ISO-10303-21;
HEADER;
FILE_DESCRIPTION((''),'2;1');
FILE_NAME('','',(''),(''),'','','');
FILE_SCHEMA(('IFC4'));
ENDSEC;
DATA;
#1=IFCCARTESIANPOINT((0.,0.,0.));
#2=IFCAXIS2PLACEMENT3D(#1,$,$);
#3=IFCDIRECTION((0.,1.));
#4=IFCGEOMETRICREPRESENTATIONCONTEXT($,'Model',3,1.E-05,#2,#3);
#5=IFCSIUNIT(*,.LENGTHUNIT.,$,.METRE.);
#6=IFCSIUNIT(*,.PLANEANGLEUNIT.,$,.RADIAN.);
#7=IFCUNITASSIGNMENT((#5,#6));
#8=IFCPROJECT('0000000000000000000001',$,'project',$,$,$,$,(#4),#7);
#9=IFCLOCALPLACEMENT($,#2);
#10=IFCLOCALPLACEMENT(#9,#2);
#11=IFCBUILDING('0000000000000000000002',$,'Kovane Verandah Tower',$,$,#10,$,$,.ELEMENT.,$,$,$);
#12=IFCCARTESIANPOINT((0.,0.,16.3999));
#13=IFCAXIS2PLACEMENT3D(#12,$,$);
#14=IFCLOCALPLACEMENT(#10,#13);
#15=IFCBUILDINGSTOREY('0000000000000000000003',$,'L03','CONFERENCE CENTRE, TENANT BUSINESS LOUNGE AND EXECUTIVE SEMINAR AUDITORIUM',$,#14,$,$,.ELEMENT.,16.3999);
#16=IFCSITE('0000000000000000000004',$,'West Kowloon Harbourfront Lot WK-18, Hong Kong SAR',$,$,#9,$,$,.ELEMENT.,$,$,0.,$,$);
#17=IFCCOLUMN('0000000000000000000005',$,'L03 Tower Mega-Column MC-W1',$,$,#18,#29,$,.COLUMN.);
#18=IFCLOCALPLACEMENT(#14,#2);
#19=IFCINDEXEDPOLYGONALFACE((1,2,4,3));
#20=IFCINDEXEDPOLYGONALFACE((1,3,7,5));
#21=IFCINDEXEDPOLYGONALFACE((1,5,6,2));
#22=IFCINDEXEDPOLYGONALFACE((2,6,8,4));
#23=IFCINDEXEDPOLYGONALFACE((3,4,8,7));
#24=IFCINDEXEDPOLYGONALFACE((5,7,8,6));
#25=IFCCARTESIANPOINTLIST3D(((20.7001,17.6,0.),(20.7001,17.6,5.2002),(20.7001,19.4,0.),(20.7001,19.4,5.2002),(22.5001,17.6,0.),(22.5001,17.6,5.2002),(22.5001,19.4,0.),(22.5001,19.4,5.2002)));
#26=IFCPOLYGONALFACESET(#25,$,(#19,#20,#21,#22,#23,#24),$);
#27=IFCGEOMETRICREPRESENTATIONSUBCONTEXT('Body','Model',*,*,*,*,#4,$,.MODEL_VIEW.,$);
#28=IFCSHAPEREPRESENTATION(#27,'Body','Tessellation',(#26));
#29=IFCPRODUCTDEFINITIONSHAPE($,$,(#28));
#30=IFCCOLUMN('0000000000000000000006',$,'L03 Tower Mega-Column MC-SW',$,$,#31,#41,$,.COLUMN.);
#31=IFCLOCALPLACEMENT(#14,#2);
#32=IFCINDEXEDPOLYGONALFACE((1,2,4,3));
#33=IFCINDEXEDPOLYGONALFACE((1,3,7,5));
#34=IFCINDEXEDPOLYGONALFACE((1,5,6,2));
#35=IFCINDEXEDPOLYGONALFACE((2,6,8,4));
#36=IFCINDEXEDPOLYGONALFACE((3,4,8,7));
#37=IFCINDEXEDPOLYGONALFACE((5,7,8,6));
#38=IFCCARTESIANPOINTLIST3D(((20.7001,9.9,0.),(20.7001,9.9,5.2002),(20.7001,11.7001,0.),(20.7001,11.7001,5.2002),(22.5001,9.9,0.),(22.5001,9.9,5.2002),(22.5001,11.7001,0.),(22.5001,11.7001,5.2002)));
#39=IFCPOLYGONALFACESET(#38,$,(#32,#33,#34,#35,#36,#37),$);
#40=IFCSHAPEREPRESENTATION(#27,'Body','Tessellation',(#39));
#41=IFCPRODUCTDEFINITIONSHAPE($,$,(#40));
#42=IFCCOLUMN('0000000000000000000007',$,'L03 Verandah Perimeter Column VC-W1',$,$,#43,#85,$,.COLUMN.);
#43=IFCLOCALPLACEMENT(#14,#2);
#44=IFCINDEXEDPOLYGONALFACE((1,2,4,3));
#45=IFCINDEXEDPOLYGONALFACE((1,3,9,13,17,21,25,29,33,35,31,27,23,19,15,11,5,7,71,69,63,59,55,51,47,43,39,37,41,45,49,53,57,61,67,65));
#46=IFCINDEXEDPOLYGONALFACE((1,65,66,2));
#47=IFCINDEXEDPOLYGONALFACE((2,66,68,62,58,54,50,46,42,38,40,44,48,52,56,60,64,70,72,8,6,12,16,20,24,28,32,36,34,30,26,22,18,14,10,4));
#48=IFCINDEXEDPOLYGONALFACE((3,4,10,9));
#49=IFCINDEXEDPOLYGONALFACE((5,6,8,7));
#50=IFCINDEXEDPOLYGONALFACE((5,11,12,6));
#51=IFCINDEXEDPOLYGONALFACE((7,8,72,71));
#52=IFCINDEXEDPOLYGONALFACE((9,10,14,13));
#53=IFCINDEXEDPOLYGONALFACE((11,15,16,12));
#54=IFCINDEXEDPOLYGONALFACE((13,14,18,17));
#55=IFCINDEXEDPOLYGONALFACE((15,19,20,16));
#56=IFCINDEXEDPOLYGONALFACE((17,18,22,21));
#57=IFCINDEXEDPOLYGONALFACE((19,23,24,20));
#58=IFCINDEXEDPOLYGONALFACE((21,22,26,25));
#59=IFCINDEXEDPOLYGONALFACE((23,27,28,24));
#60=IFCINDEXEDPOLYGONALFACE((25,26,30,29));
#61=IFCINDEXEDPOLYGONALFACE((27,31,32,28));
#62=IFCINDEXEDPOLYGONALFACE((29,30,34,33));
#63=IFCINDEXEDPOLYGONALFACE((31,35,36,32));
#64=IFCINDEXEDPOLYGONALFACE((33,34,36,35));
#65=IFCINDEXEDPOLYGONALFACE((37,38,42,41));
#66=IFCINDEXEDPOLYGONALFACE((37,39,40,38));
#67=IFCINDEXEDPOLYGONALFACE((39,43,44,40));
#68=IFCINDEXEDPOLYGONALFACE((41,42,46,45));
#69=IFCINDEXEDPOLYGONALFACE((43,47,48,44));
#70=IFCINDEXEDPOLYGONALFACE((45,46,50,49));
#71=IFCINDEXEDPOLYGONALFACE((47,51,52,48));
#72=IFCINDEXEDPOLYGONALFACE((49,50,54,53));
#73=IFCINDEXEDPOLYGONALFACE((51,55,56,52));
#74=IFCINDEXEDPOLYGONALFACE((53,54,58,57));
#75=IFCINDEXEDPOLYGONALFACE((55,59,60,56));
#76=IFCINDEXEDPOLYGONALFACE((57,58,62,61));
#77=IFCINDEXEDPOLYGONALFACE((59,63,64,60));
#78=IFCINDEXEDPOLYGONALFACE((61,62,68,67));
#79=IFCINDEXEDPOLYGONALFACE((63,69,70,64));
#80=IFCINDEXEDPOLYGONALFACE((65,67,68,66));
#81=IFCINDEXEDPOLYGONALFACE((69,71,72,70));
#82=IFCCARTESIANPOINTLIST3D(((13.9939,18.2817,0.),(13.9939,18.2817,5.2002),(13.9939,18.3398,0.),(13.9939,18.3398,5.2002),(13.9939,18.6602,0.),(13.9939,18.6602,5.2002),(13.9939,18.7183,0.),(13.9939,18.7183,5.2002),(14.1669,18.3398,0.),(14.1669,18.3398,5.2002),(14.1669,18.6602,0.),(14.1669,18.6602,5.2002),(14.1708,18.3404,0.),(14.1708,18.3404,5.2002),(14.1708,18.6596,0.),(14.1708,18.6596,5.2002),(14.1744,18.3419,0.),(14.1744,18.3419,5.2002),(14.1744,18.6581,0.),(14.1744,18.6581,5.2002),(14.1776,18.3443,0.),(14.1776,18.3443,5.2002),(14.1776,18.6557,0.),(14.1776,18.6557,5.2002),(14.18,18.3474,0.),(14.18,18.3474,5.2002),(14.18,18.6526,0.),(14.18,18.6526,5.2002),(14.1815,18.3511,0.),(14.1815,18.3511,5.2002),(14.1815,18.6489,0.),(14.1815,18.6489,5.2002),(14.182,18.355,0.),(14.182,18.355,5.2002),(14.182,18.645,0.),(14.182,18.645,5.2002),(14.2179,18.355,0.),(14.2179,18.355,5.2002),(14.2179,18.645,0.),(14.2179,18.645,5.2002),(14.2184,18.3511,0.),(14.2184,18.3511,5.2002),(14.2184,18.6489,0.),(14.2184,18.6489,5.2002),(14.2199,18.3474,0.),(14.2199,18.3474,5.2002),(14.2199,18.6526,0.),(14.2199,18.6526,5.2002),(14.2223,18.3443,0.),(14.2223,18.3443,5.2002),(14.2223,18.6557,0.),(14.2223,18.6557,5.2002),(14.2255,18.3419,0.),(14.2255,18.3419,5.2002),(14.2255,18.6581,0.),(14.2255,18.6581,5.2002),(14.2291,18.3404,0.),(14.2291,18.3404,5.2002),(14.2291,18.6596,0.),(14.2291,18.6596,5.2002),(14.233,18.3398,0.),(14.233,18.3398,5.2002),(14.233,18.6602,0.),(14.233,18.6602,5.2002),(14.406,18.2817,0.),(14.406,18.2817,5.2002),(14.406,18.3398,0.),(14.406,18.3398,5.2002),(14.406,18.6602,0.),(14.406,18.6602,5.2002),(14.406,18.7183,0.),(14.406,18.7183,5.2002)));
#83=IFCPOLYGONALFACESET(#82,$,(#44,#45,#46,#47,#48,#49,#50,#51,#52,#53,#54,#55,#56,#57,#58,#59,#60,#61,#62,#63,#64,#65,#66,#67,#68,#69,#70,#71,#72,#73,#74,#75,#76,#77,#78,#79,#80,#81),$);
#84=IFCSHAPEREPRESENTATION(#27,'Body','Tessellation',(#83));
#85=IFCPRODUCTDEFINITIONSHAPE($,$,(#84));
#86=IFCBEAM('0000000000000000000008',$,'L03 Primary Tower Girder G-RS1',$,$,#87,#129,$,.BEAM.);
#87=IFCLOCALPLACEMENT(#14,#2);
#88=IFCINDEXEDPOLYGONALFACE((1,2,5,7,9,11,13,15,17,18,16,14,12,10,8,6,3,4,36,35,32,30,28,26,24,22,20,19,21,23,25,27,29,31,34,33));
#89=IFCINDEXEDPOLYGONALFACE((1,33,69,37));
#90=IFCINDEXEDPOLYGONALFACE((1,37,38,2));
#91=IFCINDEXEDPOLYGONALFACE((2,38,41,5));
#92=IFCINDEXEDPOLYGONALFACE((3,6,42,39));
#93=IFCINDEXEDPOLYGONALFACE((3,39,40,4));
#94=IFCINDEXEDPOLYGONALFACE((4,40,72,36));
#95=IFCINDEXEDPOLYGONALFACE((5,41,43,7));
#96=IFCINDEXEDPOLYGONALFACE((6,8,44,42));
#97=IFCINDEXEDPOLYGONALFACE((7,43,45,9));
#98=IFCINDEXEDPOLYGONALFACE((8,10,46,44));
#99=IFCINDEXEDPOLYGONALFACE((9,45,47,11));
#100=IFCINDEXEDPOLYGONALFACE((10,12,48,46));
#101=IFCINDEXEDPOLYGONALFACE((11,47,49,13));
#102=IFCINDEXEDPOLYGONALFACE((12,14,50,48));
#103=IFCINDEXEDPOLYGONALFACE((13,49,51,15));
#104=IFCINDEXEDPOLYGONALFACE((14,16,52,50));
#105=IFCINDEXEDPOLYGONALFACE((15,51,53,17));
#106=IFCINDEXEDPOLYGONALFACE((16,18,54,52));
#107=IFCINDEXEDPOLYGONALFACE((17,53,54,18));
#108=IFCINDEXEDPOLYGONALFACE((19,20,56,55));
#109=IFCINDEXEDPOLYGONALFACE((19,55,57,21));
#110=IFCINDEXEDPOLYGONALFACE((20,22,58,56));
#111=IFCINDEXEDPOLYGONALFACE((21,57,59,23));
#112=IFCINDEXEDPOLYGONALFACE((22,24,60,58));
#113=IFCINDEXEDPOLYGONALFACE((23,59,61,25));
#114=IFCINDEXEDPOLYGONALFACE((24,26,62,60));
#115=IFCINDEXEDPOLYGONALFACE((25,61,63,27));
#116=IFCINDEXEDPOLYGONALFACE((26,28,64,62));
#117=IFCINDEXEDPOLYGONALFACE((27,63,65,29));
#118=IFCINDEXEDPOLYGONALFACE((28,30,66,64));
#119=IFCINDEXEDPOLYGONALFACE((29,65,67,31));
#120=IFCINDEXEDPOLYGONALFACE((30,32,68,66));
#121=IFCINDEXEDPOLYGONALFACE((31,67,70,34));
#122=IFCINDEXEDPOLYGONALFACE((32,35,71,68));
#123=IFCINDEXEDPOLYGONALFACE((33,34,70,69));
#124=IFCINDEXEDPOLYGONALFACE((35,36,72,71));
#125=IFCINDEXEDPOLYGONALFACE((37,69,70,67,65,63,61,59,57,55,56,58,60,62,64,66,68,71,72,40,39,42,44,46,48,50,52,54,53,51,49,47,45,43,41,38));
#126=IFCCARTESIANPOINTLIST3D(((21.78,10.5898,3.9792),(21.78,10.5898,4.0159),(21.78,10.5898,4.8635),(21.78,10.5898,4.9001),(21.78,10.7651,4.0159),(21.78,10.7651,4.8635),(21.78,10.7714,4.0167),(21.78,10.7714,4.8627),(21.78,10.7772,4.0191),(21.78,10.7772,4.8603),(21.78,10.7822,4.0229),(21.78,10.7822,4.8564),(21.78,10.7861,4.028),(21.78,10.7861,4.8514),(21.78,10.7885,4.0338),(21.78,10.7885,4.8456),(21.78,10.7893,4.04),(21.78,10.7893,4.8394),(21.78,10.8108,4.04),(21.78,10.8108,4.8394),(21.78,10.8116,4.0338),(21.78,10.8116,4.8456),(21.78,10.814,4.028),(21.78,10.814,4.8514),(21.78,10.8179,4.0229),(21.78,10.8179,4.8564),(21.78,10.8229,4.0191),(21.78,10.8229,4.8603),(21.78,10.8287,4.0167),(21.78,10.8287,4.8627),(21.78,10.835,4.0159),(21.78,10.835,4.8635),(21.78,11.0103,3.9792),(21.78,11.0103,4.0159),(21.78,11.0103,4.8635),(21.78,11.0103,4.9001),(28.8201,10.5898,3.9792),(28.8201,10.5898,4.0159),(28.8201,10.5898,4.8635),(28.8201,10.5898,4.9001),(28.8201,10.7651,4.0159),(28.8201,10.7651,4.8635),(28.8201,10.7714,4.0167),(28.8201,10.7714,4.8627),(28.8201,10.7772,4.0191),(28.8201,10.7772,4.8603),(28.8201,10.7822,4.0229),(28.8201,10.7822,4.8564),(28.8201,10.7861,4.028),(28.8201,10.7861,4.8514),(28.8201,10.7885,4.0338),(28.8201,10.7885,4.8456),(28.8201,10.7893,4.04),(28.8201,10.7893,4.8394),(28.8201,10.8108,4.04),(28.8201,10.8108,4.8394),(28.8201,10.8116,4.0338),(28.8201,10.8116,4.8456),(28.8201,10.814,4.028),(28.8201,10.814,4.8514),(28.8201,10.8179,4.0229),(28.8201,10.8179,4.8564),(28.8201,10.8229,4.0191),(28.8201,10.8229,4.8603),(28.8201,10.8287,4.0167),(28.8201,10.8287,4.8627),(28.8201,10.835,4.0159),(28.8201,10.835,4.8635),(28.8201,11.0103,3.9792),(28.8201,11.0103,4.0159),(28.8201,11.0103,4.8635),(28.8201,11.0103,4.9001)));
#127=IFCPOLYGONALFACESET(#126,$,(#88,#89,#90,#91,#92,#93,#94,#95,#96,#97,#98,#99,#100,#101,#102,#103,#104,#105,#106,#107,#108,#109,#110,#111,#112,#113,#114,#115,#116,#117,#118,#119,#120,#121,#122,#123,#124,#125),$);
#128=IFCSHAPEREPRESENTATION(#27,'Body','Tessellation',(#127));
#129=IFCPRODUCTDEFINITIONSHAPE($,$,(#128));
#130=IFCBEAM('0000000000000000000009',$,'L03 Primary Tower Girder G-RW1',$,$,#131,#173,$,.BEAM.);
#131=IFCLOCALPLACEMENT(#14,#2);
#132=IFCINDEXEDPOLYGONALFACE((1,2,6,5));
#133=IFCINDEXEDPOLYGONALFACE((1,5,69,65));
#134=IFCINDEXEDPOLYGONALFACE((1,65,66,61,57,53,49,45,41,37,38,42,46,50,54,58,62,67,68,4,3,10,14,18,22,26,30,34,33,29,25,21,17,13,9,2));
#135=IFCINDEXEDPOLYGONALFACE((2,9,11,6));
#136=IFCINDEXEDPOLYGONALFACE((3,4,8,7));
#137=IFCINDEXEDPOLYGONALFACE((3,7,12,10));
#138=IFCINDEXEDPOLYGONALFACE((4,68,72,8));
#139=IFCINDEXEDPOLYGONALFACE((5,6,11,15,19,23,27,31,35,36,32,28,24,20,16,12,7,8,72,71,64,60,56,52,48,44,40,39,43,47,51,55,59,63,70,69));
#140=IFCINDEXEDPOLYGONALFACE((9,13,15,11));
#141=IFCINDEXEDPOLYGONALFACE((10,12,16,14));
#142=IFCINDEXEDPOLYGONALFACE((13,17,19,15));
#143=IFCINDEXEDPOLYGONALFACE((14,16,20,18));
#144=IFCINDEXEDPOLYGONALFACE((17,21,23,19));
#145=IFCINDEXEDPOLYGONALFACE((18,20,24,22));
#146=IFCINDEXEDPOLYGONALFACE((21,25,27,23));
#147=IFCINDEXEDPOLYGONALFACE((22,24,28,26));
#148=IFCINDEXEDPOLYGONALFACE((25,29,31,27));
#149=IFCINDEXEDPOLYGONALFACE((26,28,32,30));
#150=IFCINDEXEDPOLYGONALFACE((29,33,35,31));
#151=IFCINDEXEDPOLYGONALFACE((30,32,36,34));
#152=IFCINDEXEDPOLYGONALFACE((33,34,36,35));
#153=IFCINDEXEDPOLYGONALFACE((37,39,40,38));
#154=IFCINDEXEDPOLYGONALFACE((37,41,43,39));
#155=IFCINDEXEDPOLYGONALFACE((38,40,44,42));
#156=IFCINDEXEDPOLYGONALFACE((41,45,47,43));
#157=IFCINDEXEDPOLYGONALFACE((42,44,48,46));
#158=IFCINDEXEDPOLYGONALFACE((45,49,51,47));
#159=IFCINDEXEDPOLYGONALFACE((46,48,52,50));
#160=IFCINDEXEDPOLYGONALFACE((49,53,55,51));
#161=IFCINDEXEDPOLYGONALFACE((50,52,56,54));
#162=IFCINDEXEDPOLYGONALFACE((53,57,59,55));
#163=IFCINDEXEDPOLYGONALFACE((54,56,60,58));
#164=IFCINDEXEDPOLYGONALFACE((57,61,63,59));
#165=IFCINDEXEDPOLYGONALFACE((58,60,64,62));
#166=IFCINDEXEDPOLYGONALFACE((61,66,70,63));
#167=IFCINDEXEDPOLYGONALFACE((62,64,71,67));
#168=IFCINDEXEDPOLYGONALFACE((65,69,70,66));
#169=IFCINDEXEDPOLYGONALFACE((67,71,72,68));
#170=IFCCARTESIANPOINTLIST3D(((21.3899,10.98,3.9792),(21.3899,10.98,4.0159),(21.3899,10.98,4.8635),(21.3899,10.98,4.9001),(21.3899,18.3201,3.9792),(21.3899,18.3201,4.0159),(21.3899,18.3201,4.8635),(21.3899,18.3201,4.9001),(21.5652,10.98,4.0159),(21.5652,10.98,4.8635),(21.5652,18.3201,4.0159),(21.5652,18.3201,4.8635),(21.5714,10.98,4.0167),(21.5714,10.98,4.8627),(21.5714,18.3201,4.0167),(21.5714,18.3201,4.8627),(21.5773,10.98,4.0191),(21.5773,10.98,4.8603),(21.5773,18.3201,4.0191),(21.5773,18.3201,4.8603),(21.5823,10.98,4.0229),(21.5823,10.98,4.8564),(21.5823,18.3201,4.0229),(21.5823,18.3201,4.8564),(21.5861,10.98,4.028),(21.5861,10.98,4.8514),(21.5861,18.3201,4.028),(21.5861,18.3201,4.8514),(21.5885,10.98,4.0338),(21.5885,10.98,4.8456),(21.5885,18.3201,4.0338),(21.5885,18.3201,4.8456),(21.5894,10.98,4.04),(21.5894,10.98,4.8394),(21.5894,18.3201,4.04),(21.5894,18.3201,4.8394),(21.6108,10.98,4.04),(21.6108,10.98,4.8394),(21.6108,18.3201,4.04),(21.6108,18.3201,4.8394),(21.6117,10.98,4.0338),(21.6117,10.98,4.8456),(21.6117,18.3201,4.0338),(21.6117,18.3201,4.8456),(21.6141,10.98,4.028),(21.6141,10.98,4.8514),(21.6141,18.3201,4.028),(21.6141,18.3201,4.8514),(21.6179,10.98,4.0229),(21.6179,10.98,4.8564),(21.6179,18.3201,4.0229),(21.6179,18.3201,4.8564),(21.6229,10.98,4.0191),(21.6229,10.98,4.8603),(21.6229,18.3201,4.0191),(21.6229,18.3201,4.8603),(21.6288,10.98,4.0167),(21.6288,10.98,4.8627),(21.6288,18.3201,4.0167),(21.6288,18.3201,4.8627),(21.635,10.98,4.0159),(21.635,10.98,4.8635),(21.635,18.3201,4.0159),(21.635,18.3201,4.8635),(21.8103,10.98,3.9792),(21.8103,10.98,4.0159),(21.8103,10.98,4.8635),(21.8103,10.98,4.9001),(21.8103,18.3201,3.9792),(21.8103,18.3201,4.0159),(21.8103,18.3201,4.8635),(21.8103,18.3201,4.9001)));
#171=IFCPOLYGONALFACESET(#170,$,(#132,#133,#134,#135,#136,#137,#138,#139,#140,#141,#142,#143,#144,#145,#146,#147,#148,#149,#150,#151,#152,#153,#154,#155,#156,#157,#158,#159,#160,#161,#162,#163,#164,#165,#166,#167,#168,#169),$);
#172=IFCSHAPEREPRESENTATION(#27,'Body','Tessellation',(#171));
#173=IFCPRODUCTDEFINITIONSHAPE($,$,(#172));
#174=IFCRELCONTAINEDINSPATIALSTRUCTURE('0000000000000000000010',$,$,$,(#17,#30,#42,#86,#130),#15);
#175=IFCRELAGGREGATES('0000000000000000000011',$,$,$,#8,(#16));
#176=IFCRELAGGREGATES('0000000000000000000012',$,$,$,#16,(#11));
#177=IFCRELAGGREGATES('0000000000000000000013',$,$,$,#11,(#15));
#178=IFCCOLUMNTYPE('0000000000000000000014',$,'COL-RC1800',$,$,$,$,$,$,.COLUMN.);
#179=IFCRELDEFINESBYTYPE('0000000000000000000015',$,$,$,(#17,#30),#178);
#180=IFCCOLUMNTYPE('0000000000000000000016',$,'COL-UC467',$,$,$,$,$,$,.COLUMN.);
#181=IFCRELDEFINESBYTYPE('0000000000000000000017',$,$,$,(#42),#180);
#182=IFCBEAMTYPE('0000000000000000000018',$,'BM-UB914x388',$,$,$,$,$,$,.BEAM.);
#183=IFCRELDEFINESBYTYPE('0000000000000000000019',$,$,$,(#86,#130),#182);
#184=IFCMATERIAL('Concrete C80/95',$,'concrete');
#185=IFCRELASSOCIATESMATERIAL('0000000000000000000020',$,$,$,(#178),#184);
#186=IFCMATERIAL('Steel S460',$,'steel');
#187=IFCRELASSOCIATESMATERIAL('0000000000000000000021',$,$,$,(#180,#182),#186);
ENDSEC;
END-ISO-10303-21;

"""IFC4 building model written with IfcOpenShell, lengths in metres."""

from ifc_helpers import new_model, si_unit, direction, frame, origin, origin_2d, place, context, subcontext, project, spatial, rectangle, i_section, extrude, material, material_profile, profile_set, type_object, element, save


model = new_model("IFC4")

# Units and contexts
model_context = context("Model", 3, precision=1e-05, world=origin(), true_north=direction((0.0, 1.0)))
body_context = subcontext(model_context, "Body", "Model", "MODEL_VIEW")
ifc_project = project(units=[si_unit("LENGTHUNIT", "METRE"), si_unit("PLANEANGLEUNIT", "RADIAN")], contexts=[model_context])

# Site, building, storey
site_placement = place(None, origin())
site = spatial("IfcSite", under=ifc_project, at=site_placement, Name="West Kowloon Harbourfront Lot WK-18, Hong Kong SAR", CompositionType="ELEMENT", RefElevation=0.0)
building_placement = place(site_placement, origin())
building = spatial("IfcBuilding", under=site, at=building_placement, Name="Kovane Verandah Tower", CompositionType="ELEMENT")
storey_placement = place(building_placement, frame((0.0, 0.0, 16.3999)))
storey = spatial("IfcBuildingStorey", under=building, at=storey_placement, Name="L03", Description="CONFERENCE CENTRE, TENANT BUSINESS LOUNGE AND EXECUTIVE SEMINAR AUDITORIUM", CompositionType="ELEMENT", Elevation=16.3999)

# Columns
ifc_material_1 = material(Name="Concrete C80/95", Category="concrete")
ifc_material_profile_1 = material_profile(ifc_material_1, rectangle(XDim=1.8, YDim=1.8, at=origin_2d()), Name="RC1800x1800")
ifc_profile_set_1 = profile_set([ifc_material_profile_1], Name="Concrete C80/95")
column_type_1 = type_object("IfcColumnType", Name="COL-RC1800", PredefinedType="COLUMN", material=ifc_profile_set_1)
for number, where, z_axis, x_axis, name in (
    (1, (21.6001, 18.5, 0.0), (0.0, 0.0, 1.0), (1.0, 0.0, 0.0), "L03 Tower Mega-Column MC-W1"),
    (2, (21.6001, 10.8, 0.0), (0.0, 0.0, 1.0), (1.0, 0.0, 0.0), "L03 Tower Mega-Column MC-SW"),
):
    element("IfcColumn", number, at=place(storey_placement, frame(where, z_axis=z_axis, x_axis=x_axis)), inside=storey, type_object=column_type_1, Name=name, PredefinedType="COLUMN", context=body_context, shape_type="SweptSolid", body=[
        extrude(rectangle(XDim=1.8, YDim=1.8, at=origin_2d()), origin(), (0.0, 0.0, 1.0), 5.2002),
    ])
ifc_material_2 = material(Name="Steel S460", Category="steel")
ifc_material_profile_2 = material_profile(ifc_material_2, i_section(OverallWidth=0.4121, OverallDepth=0.4365, WebThickness=0.0359, FlangeThickness=0.0581, FilletRadius=0.0151, at=origin_2d()), Name="UC356x406x467")
ifc_profile_set_2 = profile_set([ifc_material_profile_2], Name="Steel S460")
column_type_2 = type_object("IfcColumnType", Name="COL-UC467", PredefinedType="COLUMN", material=ifc_profile_set_2)
column_placement = place(storey_placement, frame((14.2, 18.5, 0.0), z_axis=(0.0, 0.0, 1.0), x_axis=(1.0, 0.0, 0.0)))
element("IfcColumn", 3, at=column_placement, inside=storey, type_object=column_type_2, Name="L03 Verandah Perimeter Column VC-W1", PredefinedType="COLUMN", context=body_context, shape_type="SweptSolid", body=[
    extrude(i_section(OverallWidth=0.4121, OverallDepth=0.4365, WebThickness=0.0359, FlangeThickness=0.0581, FilletRadius=0.0151, at=origin_2d()), origin(), (0.0, 0.0, 1.0), 5.2002),
])

# Beams
ifc_material_profile_3 = material_profile(ifc_material_2, i_section(OverallWidth=0.4204, OverallDepth=0.9209, WebThickness=0.0215, FlangeThickness=0.0366, FilletRadius=0.0242, at=origin_2d()), Name="UB914x419x388")
ifc_profile_set_3 = profile_set([ifc_material_profile_3], Name="Steel S460")
beam_type_1 = type_object("IfcBeamType", Name="BM-UB914x388", PredefinedType="BEAM", material=ifc_profile_set_3)
beam_1_placement = place(storey_placement, frame((21.78, 10.8, 4.4397), z_axis=(1.0, 0.0, 0.0), x_axis=(0.0, 1.0, 0.0)))
element("IfcBeam", 4, at=beam_1_placement, inside=storey, type_object=beam_type_1, Name="L03 Primary Tower Girder G-RS1", PredefinedType="BEAM", context=body_context, shape_type="SweptSolid", body=[
    extrude(i_section(OverallWidth=0.4204, OverallDepth=0.9209, WebThickness=0.0215, FlangeThickness=0.0366, FilletRadius=0.0242, at=origin_2d()), origin(), (0.0, 0.0, 1.0), 7.04),
])
beam_2_placement = place(storey_placement, frame((21.6001, 10.98, 4.4397), z_axis=(0.0, 1.0, 0.0), x_axis=(-1.0, 0.0, 0.0)))
element("IfcBeam", 5, at=beam_2_placement, inside=storey, type_object=beam_type_1, Name="L03 Primary Tower Girder G-RW1", PredefinedType="BEAM", context=body_context, shape_type="SweptSolid", body=[
    extrude(i_section(OverallWidth=0.4204, OverallDepth=0.9209, WebThickness=0.0215, FlangeThickness=0.0366, FilletRadius=0.0242, at=origin_2d()), origin(), (0.0, 0.0, 1.0), 7.3401),
])

save(model, "model.ifc")
